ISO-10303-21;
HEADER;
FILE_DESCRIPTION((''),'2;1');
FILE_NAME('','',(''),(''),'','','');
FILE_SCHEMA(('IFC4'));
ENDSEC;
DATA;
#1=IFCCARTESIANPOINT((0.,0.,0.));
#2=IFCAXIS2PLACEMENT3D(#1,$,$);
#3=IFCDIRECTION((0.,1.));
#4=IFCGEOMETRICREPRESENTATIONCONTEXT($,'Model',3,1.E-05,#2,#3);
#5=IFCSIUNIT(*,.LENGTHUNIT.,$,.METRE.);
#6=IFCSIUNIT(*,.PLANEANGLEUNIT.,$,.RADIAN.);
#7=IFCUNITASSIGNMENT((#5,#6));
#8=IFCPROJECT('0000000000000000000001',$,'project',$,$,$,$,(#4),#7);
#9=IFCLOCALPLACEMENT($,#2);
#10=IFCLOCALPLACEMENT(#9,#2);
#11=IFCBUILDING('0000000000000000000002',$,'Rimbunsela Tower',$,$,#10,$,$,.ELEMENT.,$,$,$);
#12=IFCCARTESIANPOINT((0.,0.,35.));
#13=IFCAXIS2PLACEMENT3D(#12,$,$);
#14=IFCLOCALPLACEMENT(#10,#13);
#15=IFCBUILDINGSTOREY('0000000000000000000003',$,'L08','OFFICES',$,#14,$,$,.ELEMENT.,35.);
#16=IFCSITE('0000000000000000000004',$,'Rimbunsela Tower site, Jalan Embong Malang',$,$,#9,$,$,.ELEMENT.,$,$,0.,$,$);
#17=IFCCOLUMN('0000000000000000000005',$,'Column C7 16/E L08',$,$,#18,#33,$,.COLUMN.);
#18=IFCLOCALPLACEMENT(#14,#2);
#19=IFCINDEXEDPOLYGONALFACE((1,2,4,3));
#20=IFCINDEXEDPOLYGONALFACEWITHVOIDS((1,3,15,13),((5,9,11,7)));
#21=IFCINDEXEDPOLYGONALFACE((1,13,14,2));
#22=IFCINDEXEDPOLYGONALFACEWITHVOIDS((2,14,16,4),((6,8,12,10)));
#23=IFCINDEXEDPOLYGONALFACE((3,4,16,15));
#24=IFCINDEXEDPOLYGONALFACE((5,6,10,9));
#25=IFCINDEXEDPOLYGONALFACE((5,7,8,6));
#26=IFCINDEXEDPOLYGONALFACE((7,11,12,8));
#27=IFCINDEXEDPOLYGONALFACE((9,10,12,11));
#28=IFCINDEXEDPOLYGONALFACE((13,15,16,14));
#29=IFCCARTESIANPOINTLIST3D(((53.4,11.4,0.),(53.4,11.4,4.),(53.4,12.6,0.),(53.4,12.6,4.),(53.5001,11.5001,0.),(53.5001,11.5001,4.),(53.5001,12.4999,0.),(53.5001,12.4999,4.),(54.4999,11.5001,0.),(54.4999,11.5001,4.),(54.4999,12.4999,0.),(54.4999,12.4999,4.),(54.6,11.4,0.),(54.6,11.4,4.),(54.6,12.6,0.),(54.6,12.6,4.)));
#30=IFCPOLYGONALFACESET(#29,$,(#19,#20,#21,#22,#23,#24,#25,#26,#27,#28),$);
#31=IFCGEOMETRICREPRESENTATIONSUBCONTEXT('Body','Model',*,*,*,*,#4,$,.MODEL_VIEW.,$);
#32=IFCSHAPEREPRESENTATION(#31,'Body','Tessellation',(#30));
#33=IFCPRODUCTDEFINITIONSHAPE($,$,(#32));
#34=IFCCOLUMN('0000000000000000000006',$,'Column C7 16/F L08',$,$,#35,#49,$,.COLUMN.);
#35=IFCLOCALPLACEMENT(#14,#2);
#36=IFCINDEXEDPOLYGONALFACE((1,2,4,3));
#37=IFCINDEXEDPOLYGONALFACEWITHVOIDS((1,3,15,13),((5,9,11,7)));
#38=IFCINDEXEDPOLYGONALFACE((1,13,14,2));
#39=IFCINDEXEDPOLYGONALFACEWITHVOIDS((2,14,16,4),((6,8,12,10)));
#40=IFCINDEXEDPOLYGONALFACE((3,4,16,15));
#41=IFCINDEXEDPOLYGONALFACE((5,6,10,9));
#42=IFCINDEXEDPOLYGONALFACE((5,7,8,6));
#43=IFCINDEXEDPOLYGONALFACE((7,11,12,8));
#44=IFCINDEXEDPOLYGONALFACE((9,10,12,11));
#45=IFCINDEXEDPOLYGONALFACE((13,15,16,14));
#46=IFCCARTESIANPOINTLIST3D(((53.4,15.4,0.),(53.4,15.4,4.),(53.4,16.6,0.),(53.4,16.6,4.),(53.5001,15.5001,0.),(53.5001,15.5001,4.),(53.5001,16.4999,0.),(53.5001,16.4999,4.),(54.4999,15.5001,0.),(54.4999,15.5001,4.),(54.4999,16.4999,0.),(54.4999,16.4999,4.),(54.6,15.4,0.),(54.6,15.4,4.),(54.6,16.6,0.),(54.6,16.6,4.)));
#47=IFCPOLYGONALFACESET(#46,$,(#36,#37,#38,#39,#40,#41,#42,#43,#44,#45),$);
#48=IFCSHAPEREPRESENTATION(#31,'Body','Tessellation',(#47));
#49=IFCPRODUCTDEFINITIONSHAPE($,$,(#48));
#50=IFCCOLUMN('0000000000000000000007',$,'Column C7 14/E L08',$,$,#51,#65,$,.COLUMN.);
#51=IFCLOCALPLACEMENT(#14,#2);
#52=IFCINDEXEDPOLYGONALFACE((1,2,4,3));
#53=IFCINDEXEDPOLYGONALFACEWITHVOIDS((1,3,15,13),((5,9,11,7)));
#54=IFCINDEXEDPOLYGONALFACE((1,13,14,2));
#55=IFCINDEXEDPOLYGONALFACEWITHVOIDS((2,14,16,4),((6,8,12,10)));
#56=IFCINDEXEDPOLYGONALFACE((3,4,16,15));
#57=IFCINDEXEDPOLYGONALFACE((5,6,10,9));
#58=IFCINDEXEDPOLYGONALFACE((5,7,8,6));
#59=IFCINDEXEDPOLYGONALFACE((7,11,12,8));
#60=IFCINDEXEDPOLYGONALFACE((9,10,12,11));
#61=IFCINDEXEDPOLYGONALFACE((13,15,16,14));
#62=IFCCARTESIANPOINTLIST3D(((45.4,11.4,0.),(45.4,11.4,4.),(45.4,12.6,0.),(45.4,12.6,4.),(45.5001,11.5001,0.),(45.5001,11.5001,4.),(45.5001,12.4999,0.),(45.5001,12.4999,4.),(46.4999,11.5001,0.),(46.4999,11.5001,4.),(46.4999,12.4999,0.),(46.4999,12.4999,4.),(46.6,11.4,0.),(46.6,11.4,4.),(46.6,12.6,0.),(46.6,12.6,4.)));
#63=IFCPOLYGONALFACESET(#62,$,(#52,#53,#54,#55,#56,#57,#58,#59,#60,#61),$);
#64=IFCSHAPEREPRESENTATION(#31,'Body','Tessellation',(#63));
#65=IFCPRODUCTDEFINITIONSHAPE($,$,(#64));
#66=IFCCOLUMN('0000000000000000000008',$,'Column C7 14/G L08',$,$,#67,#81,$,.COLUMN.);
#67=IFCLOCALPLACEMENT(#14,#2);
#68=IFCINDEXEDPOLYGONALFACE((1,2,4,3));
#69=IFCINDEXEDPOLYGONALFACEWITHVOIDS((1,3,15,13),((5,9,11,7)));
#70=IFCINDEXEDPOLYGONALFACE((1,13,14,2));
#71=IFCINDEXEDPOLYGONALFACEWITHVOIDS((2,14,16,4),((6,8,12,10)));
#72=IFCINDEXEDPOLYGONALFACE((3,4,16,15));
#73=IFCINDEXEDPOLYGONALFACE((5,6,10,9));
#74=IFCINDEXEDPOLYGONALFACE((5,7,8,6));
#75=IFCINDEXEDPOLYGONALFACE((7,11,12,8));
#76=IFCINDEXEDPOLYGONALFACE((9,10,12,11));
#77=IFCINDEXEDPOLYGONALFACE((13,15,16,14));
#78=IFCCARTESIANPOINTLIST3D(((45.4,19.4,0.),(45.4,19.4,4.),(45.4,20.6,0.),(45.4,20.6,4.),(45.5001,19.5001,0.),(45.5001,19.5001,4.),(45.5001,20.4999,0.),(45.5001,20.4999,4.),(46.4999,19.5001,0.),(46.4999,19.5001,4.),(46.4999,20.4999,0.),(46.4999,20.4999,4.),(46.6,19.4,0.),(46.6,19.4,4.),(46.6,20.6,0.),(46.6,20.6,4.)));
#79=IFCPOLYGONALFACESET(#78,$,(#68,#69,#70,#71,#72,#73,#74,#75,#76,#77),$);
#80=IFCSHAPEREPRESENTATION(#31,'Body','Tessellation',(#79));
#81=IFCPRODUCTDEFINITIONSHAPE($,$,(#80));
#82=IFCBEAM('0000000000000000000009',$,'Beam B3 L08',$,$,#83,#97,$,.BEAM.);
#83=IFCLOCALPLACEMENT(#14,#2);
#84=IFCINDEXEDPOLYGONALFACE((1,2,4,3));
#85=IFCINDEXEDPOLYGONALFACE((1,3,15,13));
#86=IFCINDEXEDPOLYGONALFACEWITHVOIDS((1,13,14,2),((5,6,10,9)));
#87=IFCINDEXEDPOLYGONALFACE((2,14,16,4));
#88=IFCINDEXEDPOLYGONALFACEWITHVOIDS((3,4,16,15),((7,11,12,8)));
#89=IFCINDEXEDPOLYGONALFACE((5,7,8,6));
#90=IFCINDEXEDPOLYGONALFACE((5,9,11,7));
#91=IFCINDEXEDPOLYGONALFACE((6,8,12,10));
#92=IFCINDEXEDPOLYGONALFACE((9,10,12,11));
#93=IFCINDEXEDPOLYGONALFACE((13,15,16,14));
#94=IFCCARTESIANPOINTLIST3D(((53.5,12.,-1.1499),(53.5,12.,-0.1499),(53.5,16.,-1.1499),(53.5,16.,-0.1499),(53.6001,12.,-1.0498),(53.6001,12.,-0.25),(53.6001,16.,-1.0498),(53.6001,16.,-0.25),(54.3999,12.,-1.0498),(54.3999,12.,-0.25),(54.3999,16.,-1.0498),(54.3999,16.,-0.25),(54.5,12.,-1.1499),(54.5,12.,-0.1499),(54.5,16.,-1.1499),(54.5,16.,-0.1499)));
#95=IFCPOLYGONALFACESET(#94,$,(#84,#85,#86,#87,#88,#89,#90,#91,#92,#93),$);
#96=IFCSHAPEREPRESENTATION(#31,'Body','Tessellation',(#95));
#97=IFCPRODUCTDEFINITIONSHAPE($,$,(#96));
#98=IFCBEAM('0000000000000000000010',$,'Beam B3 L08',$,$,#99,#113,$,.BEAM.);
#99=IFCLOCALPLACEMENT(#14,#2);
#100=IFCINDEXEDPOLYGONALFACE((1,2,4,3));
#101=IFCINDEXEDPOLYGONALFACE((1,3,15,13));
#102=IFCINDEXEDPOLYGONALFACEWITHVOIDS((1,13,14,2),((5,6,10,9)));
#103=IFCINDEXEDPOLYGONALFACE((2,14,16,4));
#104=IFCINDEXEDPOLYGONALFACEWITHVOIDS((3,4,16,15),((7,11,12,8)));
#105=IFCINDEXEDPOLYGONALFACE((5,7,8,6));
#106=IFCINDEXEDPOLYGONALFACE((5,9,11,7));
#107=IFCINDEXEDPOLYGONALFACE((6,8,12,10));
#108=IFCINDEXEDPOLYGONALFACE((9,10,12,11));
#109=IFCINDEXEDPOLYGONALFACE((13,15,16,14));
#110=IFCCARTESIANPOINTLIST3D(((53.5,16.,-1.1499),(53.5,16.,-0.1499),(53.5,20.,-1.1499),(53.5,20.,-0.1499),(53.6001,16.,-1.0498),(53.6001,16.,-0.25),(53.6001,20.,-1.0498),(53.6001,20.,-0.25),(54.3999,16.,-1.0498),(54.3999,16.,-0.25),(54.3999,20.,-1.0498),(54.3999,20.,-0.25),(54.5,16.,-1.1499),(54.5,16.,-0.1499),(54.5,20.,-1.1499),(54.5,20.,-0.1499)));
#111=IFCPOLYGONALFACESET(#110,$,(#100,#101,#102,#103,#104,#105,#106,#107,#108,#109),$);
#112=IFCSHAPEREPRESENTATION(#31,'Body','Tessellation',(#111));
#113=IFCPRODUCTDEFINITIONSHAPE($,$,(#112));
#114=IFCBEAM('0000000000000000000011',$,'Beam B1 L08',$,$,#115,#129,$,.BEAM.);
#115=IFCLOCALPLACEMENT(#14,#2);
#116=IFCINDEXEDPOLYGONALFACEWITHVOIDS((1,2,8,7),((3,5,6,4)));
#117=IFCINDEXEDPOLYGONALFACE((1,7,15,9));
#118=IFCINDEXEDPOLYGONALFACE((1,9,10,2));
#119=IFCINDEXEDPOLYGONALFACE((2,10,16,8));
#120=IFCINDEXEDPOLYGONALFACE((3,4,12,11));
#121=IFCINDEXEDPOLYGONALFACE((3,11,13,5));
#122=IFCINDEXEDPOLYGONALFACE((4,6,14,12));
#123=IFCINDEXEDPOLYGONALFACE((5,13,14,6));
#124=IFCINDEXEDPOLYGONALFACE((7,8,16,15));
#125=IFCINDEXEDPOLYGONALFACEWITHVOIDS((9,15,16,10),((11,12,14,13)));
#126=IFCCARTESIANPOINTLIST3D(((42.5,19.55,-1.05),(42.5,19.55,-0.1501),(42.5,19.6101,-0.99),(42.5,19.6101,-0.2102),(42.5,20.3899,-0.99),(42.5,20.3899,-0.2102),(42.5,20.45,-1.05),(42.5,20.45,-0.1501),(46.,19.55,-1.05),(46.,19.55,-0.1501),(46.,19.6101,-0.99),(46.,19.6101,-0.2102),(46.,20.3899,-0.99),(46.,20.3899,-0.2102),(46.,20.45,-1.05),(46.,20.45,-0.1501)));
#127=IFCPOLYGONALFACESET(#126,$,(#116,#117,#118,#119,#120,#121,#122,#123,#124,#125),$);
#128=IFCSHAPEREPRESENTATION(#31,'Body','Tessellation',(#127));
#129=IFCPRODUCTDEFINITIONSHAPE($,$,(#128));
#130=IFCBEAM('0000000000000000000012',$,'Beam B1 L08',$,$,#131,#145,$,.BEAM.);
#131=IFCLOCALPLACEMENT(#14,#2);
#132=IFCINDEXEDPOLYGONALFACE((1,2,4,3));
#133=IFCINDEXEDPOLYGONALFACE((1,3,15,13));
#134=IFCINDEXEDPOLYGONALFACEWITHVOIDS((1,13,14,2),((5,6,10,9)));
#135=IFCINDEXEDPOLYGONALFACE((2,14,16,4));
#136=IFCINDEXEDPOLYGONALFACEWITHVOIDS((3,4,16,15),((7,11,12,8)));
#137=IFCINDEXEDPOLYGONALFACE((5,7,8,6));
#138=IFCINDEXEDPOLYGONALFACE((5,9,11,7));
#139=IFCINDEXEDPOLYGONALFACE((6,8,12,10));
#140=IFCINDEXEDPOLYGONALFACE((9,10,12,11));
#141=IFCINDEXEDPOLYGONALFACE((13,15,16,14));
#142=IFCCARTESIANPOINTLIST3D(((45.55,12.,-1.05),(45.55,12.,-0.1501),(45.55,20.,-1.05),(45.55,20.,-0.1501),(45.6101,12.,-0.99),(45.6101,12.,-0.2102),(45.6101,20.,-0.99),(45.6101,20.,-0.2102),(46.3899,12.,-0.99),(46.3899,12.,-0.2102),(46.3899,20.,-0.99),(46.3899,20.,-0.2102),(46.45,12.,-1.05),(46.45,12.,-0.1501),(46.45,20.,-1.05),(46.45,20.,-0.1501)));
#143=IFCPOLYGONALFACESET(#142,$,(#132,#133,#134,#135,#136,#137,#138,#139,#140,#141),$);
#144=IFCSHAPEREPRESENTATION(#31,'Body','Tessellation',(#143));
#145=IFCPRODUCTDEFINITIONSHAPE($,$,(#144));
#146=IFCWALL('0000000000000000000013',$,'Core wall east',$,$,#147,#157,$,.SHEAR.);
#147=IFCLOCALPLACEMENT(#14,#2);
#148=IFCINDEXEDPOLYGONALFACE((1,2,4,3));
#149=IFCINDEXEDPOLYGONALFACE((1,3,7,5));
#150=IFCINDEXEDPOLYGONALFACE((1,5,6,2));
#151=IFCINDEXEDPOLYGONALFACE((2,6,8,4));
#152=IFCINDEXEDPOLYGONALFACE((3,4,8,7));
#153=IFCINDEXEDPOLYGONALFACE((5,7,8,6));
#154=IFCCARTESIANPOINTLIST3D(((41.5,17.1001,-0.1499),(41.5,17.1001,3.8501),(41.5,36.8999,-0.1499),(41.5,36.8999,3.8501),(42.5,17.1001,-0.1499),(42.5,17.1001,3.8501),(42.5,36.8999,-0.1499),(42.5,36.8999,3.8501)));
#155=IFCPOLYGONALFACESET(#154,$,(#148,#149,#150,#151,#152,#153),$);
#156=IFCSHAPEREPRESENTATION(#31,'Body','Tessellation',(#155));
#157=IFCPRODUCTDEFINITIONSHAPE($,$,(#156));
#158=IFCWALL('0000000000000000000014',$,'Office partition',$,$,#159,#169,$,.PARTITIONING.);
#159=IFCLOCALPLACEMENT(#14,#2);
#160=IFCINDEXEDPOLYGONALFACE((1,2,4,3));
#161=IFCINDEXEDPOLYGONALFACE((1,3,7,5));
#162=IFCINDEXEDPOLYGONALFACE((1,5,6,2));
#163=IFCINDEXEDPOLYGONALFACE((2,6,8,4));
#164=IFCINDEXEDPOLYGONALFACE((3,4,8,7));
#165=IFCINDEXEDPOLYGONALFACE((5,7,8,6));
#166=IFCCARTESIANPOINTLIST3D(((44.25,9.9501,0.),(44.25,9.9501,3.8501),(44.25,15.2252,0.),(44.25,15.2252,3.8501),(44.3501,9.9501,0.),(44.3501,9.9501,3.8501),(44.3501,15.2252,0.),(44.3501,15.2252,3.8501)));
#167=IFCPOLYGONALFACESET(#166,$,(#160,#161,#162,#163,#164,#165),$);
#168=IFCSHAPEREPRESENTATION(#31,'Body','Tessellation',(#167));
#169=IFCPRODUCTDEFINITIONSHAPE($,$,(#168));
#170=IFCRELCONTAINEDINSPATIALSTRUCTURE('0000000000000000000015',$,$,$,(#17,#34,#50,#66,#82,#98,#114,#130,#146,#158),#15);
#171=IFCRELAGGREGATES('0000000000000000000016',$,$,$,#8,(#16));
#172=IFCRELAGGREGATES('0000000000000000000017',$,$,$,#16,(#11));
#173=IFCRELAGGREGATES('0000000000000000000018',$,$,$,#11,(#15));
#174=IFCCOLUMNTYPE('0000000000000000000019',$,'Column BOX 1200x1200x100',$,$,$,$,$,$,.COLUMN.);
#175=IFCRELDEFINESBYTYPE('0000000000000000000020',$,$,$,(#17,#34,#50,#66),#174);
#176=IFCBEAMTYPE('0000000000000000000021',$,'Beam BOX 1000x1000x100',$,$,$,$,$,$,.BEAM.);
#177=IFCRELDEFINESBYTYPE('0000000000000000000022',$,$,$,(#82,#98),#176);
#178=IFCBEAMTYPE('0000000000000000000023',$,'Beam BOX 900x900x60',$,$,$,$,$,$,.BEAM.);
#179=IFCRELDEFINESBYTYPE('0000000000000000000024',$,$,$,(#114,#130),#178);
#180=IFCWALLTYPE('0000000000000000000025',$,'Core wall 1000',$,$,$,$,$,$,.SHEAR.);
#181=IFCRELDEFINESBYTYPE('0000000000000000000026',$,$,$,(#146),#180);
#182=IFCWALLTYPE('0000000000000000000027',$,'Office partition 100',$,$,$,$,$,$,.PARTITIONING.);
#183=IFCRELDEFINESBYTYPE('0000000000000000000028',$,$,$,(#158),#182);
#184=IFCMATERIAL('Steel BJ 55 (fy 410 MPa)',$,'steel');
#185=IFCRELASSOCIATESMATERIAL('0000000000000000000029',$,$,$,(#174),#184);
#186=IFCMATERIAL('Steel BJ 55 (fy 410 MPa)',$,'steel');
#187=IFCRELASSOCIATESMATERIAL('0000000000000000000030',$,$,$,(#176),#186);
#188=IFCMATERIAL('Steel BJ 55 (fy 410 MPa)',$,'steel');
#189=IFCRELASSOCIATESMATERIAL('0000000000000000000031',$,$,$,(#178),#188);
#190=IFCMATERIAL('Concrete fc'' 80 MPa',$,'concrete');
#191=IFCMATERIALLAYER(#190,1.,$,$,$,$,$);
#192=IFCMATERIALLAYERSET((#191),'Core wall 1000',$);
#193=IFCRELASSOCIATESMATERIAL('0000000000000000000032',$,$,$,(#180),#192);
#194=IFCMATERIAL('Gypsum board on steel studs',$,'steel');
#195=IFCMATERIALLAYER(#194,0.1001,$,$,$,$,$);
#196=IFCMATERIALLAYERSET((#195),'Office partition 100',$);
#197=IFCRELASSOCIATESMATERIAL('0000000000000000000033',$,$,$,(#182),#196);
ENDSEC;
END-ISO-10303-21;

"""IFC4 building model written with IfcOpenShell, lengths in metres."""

from ifc_helpers import new_model, si_unit, direction, frame, frame_2d, origin, origin_2d, place, context, subcontext, project, spatial, rectangle, hollow_rectangle, extrude, material, layer, layer_set, material_profile, profile_set, type_object, element, save


model = new_model("IFC4")

# Units and contexts
model_context = context("Model", 3, precision=1e-05, world=origin(), true_north=direction((0.0, 1.0)))
body_context = subcontext(model_context, "Body", "Model", "MODEL_VIEW")
ifc_project = project(units=[si_unit("LENGTHUNIT", "METRE"), si_unit("PLANEANGLEUNIT", "RADIAN")], contexts=[model_context])

# Site, building, storey
site_placement = place(None, origin())
site = spatial("IfcSite", under=ifc_project, at=site_placement, Name="Rimbunsela Tower site, Jalan Embong Malang", CompositionType="ELEMENT", RefElevation=0.0)
building_placement = place(site_placement, origin())
building = spatial("IfcBuilding", under=site, at=building_placement, Name="Rimbunsela Tower", CompositionType="ELEMENT")
storey_placement = place(building_placement, frame((0.0, 0.0, 35.0)))
storey = spatial("IfcBuildingStorey", under=building, at=storey_placement, Name="L08", Description="OFFICES", CompositionType="ELEMENT", Elevation=35.0)

# Columns
ifc_material_1 = material(Name="Steel BJ 55 (fy 410 MPa)", Category="steel")
ifc_material_profile_1 = material_profile(ifc_material_1, hollow_rectangle(XDim=1.2, YDim=1.2, WallThickness=0.1001, at=origin_2d()), Name="BOX 1200x1200x100")
ifc_profile_set_1 = profile_set([ifc_material_profile_1], Name="Steel BJ 55 (fy 410 MPa)")
column_type = type_object("IfcColumnType", Name="Column BOX 1200x1200x100", PredefinedType="COLUMN", material=ifc_profile_set_1)
for number, where, z_axis, x_axis, name in (
    (1, (54.0, 12.0, 0.0), (0.0, 0.0, 1.0), (1.0, 0.0, 0.0), "Column C7 16/E L08"),
    (2, (54.0, 16.0, 0.0), (0.0, 0.0, 1.0), (1.0, 0.0, 0.0), "Column C7 16/F L08"),
    (3, (46.0, 12.0, 0.0), (0.0, 0.0, 1.0), (1.0, 0.0, 0.0), "Column C7 14/E L08"),
    (4, (46.0, 20.0, 0.0), (0.0, 0.0, 1.0), (1.0, 0.0, 0.0), "Column C7 14/G L08"),
):
    element("IfcColumn", number, at=place(storey_placement, frame(where, z_axis=z_axis, x_axis=x_axis)), inside=storey, type_object=column_type, Name=name, PredefinedType="COLUMN", context=body_context, shape_type="SweptSolid", body=[
        extrude(hollow_rectangle(XDim=1.2, YDim=1.2, WallThickness=0.1001, at=origin_2d()), origin(), (0.0, 0.0, 1.0), 4.0),
    ])

# Beams
ifc_material_2 = material(Name="Steel BJ 55 (fy 410 MPa)", Category="steel")
ifc_material_profile_2 = material_profile(ifc_material_2, hollow_rectangle(XDim=1.0, YDim=1.0, WallThickness=0.1001, at=origin_2d()), Name="BOX 1000x1000x100")
ifc_profile_set_2 = profile_set([ifc_material_profile_2], Name="Steel BJ 55 (fy 410 MPa)")
beam_type_1 = type_object("IfcBeamType", Name="Beam BOX 1000x1000x100", PredefinedType="BEAM", material=ifc_profile_set_2)
for number, where, z_axis, x_axis, name in (
    (5, (54.0, 12.0, -0.6499), (0.0, 1.0, 0.0), (-1.0, 0.0, 0.0), "Beam B3 L08"),
    (6, (54.0, 16.0, -0.6499), (0.0, 1.0, 0.0), (-1.0, 0.0, 0.0), "Beam B3 L08"),
):
    element("IfcBeam", number, at=place(storey_placement, frame(where, z_axis=z_axis, x_axis=x_axis)), inside=storey, type_object=beam_type_1, Name=name, PredefinedType="BEAM", context=body_context, shape_type="SweptSolid", body=[
        extrude(hollow_rectangle(XDim=1.0, YDim=1.0, WallThickness=0.1001, at=origin_2d()), origin(), (0.0, 0.0, 1.0), 4.0),
    ])
ifc_material_3 = material(Name="Steel BJ 55 (fy 410 MPa)", Category="steel")
ifc_material_profile_3 = material_profile(ifc_material_3, hollow_rectangle(XDim=0.8999, YDim=0.8999, WallThickness=0.0601, at=origin_2d()), Name="BOX 900x900x60")
ifc_profile_set_3 = profile_set([ifc_material_profile_3], Name="Steel BJ 55 (fy 410 MPa)")
beam_type_2 = type_object("IfcBeamType", Name="Beam BOX 900x900x60", PredefinedType="BEAM", material=ifc_profile_set_3)
beam_1_placement = place(storey_placement, frame((42.5, 20.0, -0.6001), z_axis=(1.0, 0.0, 0.0), x_axis=(0.0, 1.0, 0.0)))
element("IfcBeam", 7, at=beam_1_placement, inside=storey, type_object=beam_type_2, Name="Beam B1 L08", PredefinedType="BEAM", context=body_context, shape_type="SweptSolid", body=[
    extrude(hollow_rectangle(XDim=0.8999, YDim=0.8999, WallThickness=0.0601, at=origin_2d()), origin(), (0.0, 0.0, 1.0), 3.5),
])
beam_2_placement = place(storey_placement, frame((46.0, 12.0, -0.6001), z_axis=(0.0, 1.0, 0.0), x_axis=(-1.0, 0.0, 0.0)))
element("IfcBeam", 8, at=beam_2_placement, inside=storey, type_object=beam_type_2, Name="Beam B1 L08", PredefinedType="BEAM", context=body_context, shape_type="SweptSolid", body=[
    extrude(hollow_rectangle(XDim=0.8999, YDim=0.8999, WallThickness=0.0601, at=origin_2d()), origin(), (0.0, 0.0, 1.0), 8.0),
])

# Walls
ifc_material_4 = material(Name="Concrete fc' 80 MPa", Category="concrete")
ifc_layer_1 = layer(ifc_material_4, 1.0)
ifc_layer_set_1 = layer_set([ifc_layer_1], Name="Core wall 1000")
wall_type_1 = type_object("IfcWallType", Name="Core wall 1000", PredefinedType="SHEAR", material=ifc_layer_set_1)
wall_1_placement = place(storey_placement, frame((42.0, 17.1001, -0.1499), z_axis=(0.0, 0.0, 1.0), x_axis=(0.0, 1.0, 0.0)))
element("IfcWall", 9, at=wall_1_placement, inside=storey, type_object=wall_type_1, Name="Core wall east", PredefinedType="SHEAR", context=body_context, shape_type="SweptSolid", body=[
    extrude(rectangle(XDim=19.7998, YDim=1.0, at=frame_2d((9.8999, 0.0))), origin(), (0.0, 0.0, 1.0), 4.0),
])
ifc_material_5 = material(Name="Gypsum board on steel studs", Category="steel")
ifc_layer_2 = layer(ifc_material_5, 0.1001)
ifc_layer_set_2 = layer_set([ifc_layer_2], Name="Office partition 100")
wall_type_2 = type_object("IfcWallType", Name="Office partition 100", PredefinedType="PARTITIONING", material=ifc_layer_set_2)
wall_2_placement = place(storey_placement, frame((44.3, 9.95, 0.0), z_axis=(0.0, 0.0, 1.0), x_axis=(0.0, 1.0, 0.0)))
element("IfcWall", 10, at=wall_2_placement, inside=storey, type_object=wall_type_2, Name="Office partition", PredefinedType="PARTITIONING", context=body_context, shape_type="SweptSolid", body=[
    extrude(rectangle(XDim=5.2751, YDim=0.1001, at=frame_2d((2.6377, 0.0))), origin(), (0.0, 0.0, 1.0), 3.8501),
])

save(model, "model.ifc")
